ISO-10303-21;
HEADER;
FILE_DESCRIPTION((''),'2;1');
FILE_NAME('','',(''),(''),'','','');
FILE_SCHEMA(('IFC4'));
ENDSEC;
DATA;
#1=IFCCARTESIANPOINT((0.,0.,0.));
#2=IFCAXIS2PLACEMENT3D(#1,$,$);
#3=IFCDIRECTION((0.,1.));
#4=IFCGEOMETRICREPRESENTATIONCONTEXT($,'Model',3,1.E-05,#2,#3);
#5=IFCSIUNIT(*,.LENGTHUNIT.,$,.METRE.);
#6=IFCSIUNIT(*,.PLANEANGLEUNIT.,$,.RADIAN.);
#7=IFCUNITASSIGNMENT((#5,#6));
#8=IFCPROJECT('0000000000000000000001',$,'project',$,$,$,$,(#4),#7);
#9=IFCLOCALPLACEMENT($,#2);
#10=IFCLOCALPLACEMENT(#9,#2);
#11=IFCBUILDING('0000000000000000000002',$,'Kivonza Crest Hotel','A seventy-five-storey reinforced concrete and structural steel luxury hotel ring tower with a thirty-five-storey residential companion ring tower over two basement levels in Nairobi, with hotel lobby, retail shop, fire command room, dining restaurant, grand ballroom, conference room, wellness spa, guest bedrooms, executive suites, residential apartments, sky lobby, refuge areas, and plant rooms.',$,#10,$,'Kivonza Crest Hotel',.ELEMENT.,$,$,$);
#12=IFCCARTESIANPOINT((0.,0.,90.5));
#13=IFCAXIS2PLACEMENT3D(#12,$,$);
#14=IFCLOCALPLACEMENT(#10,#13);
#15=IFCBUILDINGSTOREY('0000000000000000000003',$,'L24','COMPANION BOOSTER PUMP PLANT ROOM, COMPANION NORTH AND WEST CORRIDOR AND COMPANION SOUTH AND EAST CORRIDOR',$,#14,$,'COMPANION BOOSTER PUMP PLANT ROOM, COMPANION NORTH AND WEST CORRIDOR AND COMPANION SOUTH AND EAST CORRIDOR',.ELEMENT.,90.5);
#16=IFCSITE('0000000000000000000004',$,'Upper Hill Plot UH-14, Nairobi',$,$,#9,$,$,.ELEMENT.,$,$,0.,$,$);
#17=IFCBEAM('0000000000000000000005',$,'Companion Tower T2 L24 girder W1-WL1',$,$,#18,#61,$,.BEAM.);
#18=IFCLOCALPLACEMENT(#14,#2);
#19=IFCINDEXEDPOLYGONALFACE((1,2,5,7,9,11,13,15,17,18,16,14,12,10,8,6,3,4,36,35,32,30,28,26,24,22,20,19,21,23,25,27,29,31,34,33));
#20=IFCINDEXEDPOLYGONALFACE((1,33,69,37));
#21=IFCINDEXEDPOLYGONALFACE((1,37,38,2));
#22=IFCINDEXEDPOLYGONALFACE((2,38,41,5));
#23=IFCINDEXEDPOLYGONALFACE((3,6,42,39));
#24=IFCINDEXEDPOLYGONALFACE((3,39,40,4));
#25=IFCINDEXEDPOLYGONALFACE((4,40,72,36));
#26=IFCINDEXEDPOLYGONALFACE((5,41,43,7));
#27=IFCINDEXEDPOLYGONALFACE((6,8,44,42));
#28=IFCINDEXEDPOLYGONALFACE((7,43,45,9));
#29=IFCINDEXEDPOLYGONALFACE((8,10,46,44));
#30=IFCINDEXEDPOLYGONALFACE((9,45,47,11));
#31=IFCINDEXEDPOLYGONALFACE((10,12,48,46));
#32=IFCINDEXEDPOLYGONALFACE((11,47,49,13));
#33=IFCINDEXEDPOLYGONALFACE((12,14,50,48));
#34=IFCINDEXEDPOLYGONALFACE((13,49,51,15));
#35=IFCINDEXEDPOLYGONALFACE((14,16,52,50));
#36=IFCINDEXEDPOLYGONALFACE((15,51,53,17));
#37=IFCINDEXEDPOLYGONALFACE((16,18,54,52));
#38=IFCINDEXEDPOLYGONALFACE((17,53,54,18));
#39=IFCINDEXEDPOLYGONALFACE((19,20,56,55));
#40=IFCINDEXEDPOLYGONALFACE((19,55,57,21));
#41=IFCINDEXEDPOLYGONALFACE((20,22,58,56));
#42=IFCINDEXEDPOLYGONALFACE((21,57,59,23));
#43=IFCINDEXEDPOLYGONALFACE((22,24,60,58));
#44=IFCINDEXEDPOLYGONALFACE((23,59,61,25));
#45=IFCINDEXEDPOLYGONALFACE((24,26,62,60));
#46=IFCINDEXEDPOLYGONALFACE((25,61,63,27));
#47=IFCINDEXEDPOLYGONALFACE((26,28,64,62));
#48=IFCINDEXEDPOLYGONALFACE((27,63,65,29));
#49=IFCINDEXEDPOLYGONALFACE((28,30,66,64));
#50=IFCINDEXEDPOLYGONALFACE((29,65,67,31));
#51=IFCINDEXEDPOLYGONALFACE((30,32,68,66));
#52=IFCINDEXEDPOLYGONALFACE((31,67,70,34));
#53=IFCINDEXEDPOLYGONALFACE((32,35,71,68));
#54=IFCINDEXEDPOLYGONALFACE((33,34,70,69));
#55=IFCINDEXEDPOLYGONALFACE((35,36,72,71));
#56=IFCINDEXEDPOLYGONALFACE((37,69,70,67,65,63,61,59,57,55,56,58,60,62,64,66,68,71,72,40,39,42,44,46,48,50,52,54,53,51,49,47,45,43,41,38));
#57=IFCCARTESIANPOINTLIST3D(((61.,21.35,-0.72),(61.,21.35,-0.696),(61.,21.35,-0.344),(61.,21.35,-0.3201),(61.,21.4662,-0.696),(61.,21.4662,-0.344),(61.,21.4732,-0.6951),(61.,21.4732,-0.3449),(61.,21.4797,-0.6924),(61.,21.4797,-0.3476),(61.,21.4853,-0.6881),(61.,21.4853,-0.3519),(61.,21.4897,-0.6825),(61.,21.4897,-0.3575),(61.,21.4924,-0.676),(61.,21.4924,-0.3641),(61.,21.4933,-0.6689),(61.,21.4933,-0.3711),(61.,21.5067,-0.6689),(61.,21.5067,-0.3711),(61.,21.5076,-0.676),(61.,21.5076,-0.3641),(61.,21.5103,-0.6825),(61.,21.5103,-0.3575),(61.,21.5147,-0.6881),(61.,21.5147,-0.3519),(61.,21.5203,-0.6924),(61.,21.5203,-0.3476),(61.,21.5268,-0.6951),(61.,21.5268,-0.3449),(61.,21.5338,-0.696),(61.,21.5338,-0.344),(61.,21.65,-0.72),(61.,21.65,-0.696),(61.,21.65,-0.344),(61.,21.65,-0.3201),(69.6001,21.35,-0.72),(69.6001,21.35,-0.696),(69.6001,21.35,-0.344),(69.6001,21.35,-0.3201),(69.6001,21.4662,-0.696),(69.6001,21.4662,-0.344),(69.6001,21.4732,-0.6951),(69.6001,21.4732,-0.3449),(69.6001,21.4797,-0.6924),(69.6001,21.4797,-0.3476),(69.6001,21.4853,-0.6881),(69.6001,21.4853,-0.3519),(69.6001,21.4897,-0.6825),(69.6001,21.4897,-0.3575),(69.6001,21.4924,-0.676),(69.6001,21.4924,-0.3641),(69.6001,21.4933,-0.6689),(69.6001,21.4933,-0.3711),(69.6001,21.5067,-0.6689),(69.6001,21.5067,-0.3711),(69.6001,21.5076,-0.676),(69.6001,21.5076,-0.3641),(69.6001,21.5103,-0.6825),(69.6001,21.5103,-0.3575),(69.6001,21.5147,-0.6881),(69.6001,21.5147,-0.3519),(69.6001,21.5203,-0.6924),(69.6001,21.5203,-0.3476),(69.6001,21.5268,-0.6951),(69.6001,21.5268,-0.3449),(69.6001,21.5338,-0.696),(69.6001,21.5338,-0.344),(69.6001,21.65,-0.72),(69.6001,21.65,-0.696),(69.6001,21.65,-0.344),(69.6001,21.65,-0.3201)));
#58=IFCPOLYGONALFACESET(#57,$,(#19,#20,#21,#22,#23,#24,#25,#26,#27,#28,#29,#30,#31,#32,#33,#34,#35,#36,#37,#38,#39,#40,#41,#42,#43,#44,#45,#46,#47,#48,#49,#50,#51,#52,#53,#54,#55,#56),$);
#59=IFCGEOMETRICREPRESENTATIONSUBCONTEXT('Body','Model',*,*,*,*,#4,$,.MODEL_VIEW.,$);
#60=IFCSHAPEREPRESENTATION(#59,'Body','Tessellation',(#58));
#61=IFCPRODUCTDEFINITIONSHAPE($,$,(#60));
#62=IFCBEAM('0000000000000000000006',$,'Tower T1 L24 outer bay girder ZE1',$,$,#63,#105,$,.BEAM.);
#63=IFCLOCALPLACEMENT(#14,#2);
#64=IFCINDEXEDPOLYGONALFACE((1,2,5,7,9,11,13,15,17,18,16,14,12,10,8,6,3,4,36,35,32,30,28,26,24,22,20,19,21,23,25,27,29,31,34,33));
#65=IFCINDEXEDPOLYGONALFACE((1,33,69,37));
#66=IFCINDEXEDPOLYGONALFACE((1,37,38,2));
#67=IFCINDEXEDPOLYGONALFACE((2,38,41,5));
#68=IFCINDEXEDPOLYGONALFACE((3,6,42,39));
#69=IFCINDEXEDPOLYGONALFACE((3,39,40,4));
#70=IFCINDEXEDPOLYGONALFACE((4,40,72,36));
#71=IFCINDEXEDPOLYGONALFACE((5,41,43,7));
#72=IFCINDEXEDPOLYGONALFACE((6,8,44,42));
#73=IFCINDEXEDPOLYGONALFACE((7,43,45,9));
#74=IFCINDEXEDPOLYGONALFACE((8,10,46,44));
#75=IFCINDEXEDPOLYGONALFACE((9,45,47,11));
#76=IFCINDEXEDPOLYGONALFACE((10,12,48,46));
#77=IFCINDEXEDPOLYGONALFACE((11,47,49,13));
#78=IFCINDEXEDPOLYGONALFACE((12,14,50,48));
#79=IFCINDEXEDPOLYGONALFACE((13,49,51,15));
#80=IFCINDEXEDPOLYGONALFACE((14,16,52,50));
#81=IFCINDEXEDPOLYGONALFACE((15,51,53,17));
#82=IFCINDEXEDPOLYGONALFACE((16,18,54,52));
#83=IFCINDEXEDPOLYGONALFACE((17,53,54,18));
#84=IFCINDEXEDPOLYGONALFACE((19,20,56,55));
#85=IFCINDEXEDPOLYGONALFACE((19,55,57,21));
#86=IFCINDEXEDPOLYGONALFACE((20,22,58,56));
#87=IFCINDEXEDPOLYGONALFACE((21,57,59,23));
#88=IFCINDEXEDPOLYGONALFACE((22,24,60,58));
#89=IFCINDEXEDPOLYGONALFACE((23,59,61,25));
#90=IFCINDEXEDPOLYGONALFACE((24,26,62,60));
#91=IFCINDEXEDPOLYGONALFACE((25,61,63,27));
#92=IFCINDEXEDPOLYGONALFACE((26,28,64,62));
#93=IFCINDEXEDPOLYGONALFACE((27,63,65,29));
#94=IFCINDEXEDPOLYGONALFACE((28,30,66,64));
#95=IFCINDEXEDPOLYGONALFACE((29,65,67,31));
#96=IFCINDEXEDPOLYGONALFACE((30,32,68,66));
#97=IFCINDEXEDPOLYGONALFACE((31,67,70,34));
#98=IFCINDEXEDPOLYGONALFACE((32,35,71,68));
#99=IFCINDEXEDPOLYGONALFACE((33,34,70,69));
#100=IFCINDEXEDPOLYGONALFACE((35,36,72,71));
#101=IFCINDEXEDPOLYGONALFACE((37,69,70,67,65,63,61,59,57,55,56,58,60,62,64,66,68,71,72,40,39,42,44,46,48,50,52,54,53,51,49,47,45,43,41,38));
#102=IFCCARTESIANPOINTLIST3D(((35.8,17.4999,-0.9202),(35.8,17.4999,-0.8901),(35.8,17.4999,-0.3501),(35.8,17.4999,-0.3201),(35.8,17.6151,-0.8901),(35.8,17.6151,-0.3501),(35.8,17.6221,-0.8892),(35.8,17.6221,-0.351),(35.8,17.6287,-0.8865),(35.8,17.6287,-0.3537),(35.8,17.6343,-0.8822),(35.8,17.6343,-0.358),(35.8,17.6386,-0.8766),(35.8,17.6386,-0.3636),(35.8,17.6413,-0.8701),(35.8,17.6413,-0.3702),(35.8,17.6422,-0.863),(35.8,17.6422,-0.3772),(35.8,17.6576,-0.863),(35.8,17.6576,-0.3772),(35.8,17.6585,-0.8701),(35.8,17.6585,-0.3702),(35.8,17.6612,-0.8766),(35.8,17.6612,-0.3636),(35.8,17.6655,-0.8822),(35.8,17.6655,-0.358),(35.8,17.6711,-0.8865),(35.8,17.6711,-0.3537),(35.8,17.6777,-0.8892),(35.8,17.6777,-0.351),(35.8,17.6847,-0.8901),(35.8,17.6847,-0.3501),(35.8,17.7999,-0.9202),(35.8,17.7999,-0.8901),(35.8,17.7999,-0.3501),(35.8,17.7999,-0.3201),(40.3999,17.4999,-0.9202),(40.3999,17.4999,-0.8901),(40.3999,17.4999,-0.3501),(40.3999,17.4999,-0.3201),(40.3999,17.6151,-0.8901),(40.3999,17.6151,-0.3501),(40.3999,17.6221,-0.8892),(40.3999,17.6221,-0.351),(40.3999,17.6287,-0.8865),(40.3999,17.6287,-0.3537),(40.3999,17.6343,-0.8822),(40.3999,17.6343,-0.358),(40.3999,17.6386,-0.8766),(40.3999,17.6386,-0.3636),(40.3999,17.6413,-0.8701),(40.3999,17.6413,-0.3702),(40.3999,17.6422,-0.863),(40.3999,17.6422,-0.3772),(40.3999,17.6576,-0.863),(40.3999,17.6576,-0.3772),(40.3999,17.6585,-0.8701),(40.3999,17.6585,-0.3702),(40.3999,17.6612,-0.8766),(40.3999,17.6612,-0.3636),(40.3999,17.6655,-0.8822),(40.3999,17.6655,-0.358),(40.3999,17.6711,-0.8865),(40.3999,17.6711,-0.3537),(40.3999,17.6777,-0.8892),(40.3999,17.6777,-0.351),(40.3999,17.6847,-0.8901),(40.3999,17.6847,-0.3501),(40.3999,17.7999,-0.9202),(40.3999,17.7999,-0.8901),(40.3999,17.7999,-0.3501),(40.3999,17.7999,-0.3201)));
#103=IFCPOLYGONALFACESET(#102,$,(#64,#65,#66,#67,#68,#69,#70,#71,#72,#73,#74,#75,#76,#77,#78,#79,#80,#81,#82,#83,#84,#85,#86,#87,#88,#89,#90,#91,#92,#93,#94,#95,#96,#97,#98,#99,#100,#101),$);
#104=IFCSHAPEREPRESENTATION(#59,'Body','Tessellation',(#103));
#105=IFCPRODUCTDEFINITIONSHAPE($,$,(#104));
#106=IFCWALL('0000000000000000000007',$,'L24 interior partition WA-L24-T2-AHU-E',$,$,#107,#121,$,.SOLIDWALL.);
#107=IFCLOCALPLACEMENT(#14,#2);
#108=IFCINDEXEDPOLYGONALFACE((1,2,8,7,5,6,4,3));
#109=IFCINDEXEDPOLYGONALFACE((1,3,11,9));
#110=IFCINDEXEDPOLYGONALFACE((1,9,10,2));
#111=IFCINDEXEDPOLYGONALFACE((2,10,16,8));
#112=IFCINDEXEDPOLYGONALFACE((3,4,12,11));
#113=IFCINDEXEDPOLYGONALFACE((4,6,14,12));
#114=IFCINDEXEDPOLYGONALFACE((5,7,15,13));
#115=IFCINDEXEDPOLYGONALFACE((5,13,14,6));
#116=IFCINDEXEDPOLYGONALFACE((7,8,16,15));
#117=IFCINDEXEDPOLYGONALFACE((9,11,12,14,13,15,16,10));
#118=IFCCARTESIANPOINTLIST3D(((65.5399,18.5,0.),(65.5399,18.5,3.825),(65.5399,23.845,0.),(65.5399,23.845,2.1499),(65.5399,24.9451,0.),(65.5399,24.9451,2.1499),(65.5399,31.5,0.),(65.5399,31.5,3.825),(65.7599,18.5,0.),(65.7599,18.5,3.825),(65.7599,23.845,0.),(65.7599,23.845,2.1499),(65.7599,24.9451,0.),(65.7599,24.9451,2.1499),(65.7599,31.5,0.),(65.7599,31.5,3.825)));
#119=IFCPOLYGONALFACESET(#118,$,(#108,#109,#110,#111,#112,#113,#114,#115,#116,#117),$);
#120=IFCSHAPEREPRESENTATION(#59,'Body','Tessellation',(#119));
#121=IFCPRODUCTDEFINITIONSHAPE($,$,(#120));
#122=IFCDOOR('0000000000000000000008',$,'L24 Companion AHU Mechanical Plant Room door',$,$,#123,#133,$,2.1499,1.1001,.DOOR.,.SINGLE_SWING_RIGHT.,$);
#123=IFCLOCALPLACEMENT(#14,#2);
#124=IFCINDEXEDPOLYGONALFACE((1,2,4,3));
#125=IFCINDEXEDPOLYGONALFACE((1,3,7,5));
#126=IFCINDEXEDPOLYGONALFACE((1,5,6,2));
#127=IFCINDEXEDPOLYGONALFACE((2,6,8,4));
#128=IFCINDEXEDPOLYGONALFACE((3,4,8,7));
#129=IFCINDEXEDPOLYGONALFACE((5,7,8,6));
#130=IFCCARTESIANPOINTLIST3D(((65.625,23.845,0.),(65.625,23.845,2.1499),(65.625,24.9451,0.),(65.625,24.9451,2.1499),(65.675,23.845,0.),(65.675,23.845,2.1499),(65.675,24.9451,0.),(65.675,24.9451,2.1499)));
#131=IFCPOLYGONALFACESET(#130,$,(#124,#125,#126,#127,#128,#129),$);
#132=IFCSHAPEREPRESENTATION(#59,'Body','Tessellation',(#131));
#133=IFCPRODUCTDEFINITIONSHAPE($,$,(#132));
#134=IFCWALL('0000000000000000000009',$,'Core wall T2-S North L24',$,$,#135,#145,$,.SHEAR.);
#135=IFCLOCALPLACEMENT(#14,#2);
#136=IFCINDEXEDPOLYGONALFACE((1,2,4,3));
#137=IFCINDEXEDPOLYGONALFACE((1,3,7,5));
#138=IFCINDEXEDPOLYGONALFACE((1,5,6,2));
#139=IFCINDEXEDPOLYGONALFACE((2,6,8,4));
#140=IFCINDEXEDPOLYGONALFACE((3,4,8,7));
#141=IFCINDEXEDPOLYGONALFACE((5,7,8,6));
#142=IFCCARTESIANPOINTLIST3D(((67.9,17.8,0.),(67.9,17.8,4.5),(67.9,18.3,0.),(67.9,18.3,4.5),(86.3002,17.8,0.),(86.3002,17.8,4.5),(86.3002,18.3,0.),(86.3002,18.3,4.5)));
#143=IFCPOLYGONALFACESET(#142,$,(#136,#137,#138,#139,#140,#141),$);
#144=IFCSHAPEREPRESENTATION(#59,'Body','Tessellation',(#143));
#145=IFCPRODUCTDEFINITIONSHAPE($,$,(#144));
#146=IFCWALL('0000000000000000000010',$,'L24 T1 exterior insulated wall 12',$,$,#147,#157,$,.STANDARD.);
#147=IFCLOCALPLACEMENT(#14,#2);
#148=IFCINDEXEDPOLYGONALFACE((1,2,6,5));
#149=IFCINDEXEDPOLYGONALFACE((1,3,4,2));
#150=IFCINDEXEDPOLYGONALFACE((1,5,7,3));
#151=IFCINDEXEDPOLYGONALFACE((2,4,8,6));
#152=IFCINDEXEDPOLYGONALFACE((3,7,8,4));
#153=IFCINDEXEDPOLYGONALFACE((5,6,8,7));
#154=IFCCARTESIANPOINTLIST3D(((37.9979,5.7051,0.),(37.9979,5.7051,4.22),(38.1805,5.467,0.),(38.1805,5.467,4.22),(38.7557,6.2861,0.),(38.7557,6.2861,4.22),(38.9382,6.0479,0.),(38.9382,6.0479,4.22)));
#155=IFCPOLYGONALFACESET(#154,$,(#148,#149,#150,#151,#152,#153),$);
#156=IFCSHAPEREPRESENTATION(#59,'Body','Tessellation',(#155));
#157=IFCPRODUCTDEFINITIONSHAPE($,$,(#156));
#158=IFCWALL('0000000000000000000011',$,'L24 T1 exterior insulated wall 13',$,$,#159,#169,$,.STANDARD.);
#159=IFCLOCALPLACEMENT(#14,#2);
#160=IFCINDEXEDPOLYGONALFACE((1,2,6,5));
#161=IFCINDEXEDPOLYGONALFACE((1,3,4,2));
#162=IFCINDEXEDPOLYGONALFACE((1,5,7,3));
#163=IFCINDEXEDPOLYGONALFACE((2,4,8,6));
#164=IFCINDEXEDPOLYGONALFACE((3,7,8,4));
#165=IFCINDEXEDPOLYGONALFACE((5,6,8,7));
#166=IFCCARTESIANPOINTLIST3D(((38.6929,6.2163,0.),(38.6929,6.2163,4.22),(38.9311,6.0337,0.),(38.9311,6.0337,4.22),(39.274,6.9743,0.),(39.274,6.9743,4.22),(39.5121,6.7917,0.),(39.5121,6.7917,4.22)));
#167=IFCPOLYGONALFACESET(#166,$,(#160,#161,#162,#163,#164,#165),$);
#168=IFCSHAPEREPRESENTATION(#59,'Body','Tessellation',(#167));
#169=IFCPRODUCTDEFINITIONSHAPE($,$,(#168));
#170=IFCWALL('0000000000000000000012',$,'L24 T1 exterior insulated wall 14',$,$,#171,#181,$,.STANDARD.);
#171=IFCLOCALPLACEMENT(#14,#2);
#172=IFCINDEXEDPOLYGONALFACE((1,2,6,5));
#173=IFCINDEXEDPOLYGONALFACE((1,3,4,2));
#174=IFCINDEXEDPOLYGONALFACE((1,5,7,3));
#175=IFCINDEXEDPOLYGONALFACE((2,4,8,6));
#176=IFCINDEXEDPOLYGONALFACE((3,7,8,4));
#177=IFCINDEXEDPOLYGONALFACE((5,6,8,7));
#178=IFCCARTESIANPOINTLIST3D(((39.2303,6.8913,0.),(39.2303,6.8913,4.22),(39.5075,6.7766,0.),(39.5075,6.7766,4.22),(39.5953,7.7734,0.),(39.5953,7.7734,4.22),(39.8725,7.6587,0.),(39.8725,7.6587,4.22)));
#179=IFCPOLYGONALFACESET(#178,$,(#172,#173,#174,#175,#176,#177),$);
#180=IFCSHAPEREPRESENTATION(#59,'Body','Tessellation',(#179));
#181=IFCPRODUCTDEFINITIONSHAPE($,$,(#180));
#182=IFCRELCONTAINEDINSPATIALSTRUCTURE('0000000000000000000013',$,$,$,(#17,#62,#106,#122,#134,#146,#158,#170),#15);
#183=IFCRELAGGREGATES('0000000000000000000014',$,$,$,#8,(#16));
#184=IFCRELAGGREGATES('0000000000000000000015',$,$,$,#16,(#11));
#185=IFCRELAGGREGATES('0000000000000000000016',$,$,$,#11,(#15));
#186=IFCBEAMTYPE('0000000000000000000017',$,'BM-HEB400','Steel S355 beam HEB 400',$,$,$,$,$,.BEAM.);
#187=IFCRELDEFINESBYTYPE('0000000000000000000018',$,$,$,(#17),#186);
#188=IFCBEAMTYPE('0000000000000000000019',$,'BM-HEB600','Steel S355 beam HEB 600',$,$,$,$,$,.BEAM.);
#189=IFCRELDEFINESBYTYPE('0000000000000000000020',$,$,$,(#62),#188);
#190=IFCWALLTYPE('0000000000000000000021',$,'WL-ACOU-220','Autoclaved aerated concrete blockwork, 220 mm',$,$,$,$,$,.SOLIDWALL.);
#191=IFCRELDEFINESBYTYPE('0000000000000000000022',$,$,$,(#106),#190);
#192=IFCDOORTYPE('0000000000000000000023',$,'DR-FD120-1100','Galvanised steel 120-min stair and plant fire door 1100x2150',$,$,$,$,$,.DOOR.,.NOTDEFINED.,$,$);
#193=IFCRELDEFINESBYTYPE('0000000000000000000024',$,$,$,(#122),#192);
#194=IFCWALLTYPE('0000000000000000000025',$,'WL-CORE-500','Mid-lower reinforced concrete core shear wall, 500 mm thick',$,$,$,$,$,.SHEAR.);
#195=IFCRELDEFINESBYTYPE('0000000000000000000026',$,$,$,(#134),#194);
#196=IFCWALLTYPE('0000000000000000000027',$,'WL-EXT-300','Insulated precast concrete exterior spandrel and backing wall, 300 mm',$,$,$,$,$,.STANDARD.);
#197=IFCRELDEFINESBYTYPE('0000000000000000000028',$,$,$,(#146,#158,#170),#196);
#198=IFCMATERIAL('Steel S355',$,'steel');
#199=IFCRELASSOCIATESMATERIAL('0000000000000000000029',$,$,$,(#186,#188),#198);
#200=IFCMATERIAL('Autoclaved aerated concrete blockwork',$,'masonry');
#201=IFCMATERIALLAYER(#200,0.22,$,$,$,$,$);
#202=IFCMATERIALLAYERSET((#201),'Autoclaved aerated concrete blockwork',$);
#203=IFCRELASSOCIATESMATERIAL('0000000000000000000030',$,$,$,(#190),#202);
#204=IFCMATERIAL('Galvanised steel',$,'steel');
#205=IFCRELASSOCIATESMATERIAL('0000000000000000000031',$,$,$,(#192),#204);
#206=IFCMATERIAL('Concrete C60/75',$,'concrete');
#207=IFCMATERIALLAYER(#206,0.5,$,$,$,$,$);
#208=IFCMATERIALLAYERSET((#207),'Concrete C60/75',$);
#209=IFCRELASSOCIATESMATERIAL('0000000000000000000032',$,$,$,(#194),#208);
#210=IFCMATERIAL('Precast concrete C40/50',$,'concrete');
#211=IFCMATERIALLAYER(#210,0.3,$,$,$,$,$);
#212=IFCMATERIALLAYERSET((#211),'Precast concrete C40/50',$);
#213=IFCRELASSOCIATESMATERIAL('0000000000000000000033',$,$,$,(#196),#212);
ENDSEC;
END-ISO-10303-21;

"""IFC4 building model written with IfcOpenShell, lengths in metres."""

from ifc_helpers import new_model, si_unit, direction, frame, frame_2d, origin, origin_2d, place, context, subcontext, project, spatial, rectangle, i_section, extrude, material, layer, layer_set, material_profile, profile_set, type_object, element, fill, save


model = new_model("IFC4")

# Units and contexts
model_context = context("Model", 3, precision=1e-05, world=origin(), true_north=direction((0.0, 1.0)))
body_context = subcontext(model_context, "Body", "Model", "MODEL_VIEW")
ifc_project = project(units=[si_unit("LENGTHUNIT", "METRE"), si_unit("PLANEANGLEUNIT", "RADIAN")], contexts=[model_context])

# Site, building, storey
site_placement = place(None, origin())
site = spatial("IfcSite", under=ifc_project, at=site_placement, Name="Upper Hill Plot UH-14, Nairobi", CompositionType="ELEMENT", RefElevation=0.0)
building_placement = place(site_placement, origin())
building = spatial("IfcBuilding", under=site, at=building_placement, Name="Kivonza Crest Hotel", Description="A seventy-five-storey reinforced concrete and structural steel luxury hotel ring tower with a thirty-five-storey residential companion ring tower over two basement levels in Nairobi, with hotel lobby, retail shop, fire command room, dining restaurant, grand ballroom, conference room, wellness spa, guest bedrooms, executive suites, residential apartments, sky lobby, refuge areas, and plant rooms.", LongName="Kivonza Crest Hotel", CompositionType="ELEMENT")
storey_placement = place(building_placement, frame((0.0, 0.0, 90.5)))
storey = spatial("IfcBuildingStorey", under=building, at=storey_placement, Name="L24", Description="COMPANION BOOSTER PUMP PLANT ROOM, COMPANION NORTH AND WEST CORRIDOR AND COMPANION SOUTH AND EAST CORRIDOR", LongName="COMPANION BOOSTER PUMP PLANT ROOM, COMPANION NORTH AND WEST CORRIDOR AND COMPANION SOUTH AND EAST CORRIDOR", CompositionType="ELEMENT", Elevation=90.5)

# Shared definitions
ifc_material_1 = material(Name="Steel S355", Category="steel")

# Beams
ifc_material_profile_1 = material_profile(ifc_material_1, i_section(OverallWidth=0.3, OverallDepth=0.3999, WebThickness=0.0134, FlangeThickness=0.0239, FilletRadius=0.0271, at=origin_2d()), Name="HEB 400")
ifc_profile_set_1 = profile_set([ifc_material_profile_1], Name="Steel S355")
beam_type_1 = type_object("IfcBeamType", Name="BM-HEB400", Description="Steel S355 beam HEB 400", PredefinedType="BEAM", material=ifc_profile_set_1)
beam_1_placement = place(storey_placement, frame((61.0, 21.5, -0.52), z_axis=(1.0, 0.0, 0.0), x_axis=(0.0, 1.0, 0.0)))
element("IfcBeam", 1, at=beam_1_placement, inside=storey, type_object=beam_type_1, Name="Companion Tower T2 L24 girder W1-WL1", PredefinedType="BEAM", context=body_context, shape_type="SweptSolid", body=[
    extrude(i_section(OverallWidth=0.3, OverallDepth=0.3999, WebThickness=0.0134, FlangeThickness=0.0239, FilletRadius=0.0271, at=origin_2d()), origin(), (0.0, 0.0, 1.0), 8.6001),
])
ifc_material_profile_2 = material_profile(ifc_material_1, i_section(OverallWidth=0.3, OverallDepth=0.6001, WebThickness=0.0154, FlangeThickness=0.03, FilletRadius=0.0271, at=origin_2d()), Name="HEB 600")
ifc_profile_set_2 = profile_set([ifc_material_profile_2], Name="Steel S355")
beam_type_2 = type_object("IfcBeamType", Name="BM-HEB600", Description="Steel S355 beam HEB 600", PredefinedType="BEAM", material=ifc_profile_set_2)
beam_2_placement = place(storey_placement, frame((40.3999, 17.6499, -0.6201), z_axis=(-1.0, 0.0, 0.0), x_axis=(0.0, -1.0, 0.0)))
element("IfcBeam", 2, at=beam_2_placement, inside=storey, type_object=beam_type_2, Name="Tower T1 L24 outer bay girder ZE1", PredefinedType="BEAM", context=body_context, shape_type="SweptSolid", body=[
    extrude(i_section(OverallWidth=0.3, OverallDepth=0.6001, WebThickness=0.0154, FlangeThickness=0.03, FilletRadius=0.0271, at=origin_2d()), origin(), (0.0, 0.0, 1.0), 4.5999),
])

# Wall, opening, door
ifc_material_2 = material(Name="Autoclaved aerated concrete blockwork", Category="masonry")
ifc_layer_1 = layer(ifc_material_2, 0.22)
ifc_layer_set_1 = layer_set([ifc_layer_1], Name="Autoclaved aerated concrete blockwork")
wall_type_1 = type_object("IfcWallType", Name="WL-ACOU-220", Description="Autoclaved aerated concrete blockwork, 220 mm", PredefinedType="SOLIDWALL", material=ifc_layer_set_1)
wall_1_placement = place(storey_placement, frame((65.6499, 18.5, 0.0), z_axis=(0.0, 0.0, 1.0), x_axis=(0.0, 1.0, 0.0)))
wall_1 = element("IfcWall", 3, at=wall_1_placement, inside=storey, type_object=wall_type_1, Name="L24 interior partition WA-L24-T2-AHU-E", PredefinedType="SOLIDWALL", context=body_context, shape_type="SweptSolid", body=[
    extrude(rectangle(XDim=13.0, YDim=0.22, at=frame_2d((6.5, 0.0))), origin(), (0.0, 0.0, 1.0), 3.825),
])
opening_1_placement = place(wall_1_placement, frame((5.345, 0.0, 0.0)))
opening_1 = element("IfcOpeningElement", 4, at=opening_1_placement, cuts=wall_1, PredefinedType="OPENING", context=body_context, shape_type="SweptSolid", body=[
    extrude(rectangle(XDim=1.1001, YDim=2.1499, at=frame_2d((0.55, 1.075))), frame((0.0, 0.1201, 0.0), z_axis=(0.0, -1.0, 0.0), x_axis=(1.0, 0.0, 0.0)), (0.0, 0.0, 1.0), 0.24),
])
ifc_material_3 = material(Name="Galvanised steel", Category="steel")
door_type_1 = type_object("IfcDoorType", Name="DR-FD120-1100", Description="Galvanised steel 120-min stair and plant fire door 1100x2150", OperationType="NOTDEFINED", PredefinedType="DOOR", material=ifc_material_3)
door_1_placement = place(opening_1_placement, origin())
door_1 = element("IfcDoor", 5, at=door_1_placement, inside=storey, type_object=door_type_1, Name="L24 Companion AHU Mechanical Plant Room door", OperationType="SINGLE_SWING_RIGHT", OverallHeight=2.1499, OverallWidth=1.1001, PredefinedType="DOOR", context=body_context, shape_type="SweptSolid", body=[
    extrude(rectangle(XDim=1.1001, YDim=2.1499, at=frame_2d((0.55, 1.075))), frame((0.0, 0.0249, 0.0), z_axis=(0.0, -1.0, 0.0), x_axis=(1.0, 0.0, 0.0)), (0.0, 0.0, 1.0), 0.05),
])
fill(opening_1, door_1)

# Shared definitions
ifc_material_4 = material(Name="Concrete C60/75", Category="concrete")
ifc_layer_2 = layer(ifc_material_4, 0.5)
ifc_layer_set_2 = layer_set([ifc_layer_2], Name="Concrete C60/75")
wall_type_2 = type_object("IfcWallType", Name="WL-CORE-500", Description="Mid-lower reinforced concrete core shear wall, 500 mm thick", PredefinedType="SHEAR", material=ifc_layer_set_2)

# Walls
wall_2_placement = place(storey_placement, frame((67.8999, 18.05, 0.0), z_axis=(0.0, 0.0, 1.0), x_axis=(1.0, 0.0, 0.0)))
element("IfcWall", 6, at=wall_2_placement, inside=storey, type_object=wall_type_2, Name="Core wall T2-S North L24", PredefinedType="SHEAR", context=body_context, shape_type="SweptSolid", body=[
    extrude(rectangle(XDim=18.4001, YDim=0.5, at=frame_2d((9.2002, 0.0))), origin(), (0.0, 0.0, 1.0), 4.5),
])
ifc_material_5 = material(Name="Precast concrete C40/50", Category="concrete")
ifc_layer_3 = layer(ifc_material_5, 0.3)
ifc_layer_set_3 = layer_set([ifc_layer_3], Name="Precast concrete C40/50")
wall_type_3 = type_object("IfcWallType", Name="WL-EXT-300", Description="Insulated precast concrete exterior spandrel and backing wall, 300 mm", PredefinedType="STANDARD", material=ifc_layer_set_3)
wall_3_placement = place(storey_placement, frame((38.0891, 5.5859, 0.0), z_axis=(0.0, 0.0, 1.0), x_axis=(0.793573, 0.608474, 0.0)))
element("IfcWall", 7, at=wall_3_placement, inside=storey, type_object=wall_type_3, Name="L24 T1 exterior insulated wall 12", PredefinedType="STANDARD", context=body_context, shape_type="SweptSolid", body=[
    extrude(rectangle(XDim=0.9548, YDim=0.3, at=frame_2d((0.4775, 0.0))), origin(), (0.0, 0.0, 1.0), 4.22),
])
wall_4_placement = place(storey_placement, frame((38.812, 6.125, 0.0), z_axis=(0.0, 0.0, 1.0), x_axis=(0.608351, 0.793668, 0.0)))
element("IfcWall", 8, at=wall_4_placement, inside=storey, type_object=wall_type_3, Name="L24 T1 exterior insulated wall 13", PredefinedType="STANDARD", context=body_context, shape_type="SweptSolid", body=[
    extrude(rectangle(XDim=0.9551, YDim=0.3, at=frame_2d((0.4775, 0.0))), origin(), (0.0, 0.0, 1.0), 4.22),
])
wall_5_placement = place(storey_placement, frame((39.3689, 6.834, 0.0), z_axis=(0.0, 0.0, 1.0), x_axis=(0.382344, 0.92402, 0.0)))
element("IfcWall", 9, at=wall_5_placement, inside=storey, type_object=wall_type_3, Name="L24 T1 exterior insulated wall 14", PredefinedType="STANDARD", context=body_context, shape_type="SweptSolid", body=[
    extrude(rectangle(XDim=0.9546, YDim=0.3, at=frame_2d((0.4773, 0.0))), origin(), (0.0, 0.0, 1.0), 4.22),
])

save(model, "model.ifc")
